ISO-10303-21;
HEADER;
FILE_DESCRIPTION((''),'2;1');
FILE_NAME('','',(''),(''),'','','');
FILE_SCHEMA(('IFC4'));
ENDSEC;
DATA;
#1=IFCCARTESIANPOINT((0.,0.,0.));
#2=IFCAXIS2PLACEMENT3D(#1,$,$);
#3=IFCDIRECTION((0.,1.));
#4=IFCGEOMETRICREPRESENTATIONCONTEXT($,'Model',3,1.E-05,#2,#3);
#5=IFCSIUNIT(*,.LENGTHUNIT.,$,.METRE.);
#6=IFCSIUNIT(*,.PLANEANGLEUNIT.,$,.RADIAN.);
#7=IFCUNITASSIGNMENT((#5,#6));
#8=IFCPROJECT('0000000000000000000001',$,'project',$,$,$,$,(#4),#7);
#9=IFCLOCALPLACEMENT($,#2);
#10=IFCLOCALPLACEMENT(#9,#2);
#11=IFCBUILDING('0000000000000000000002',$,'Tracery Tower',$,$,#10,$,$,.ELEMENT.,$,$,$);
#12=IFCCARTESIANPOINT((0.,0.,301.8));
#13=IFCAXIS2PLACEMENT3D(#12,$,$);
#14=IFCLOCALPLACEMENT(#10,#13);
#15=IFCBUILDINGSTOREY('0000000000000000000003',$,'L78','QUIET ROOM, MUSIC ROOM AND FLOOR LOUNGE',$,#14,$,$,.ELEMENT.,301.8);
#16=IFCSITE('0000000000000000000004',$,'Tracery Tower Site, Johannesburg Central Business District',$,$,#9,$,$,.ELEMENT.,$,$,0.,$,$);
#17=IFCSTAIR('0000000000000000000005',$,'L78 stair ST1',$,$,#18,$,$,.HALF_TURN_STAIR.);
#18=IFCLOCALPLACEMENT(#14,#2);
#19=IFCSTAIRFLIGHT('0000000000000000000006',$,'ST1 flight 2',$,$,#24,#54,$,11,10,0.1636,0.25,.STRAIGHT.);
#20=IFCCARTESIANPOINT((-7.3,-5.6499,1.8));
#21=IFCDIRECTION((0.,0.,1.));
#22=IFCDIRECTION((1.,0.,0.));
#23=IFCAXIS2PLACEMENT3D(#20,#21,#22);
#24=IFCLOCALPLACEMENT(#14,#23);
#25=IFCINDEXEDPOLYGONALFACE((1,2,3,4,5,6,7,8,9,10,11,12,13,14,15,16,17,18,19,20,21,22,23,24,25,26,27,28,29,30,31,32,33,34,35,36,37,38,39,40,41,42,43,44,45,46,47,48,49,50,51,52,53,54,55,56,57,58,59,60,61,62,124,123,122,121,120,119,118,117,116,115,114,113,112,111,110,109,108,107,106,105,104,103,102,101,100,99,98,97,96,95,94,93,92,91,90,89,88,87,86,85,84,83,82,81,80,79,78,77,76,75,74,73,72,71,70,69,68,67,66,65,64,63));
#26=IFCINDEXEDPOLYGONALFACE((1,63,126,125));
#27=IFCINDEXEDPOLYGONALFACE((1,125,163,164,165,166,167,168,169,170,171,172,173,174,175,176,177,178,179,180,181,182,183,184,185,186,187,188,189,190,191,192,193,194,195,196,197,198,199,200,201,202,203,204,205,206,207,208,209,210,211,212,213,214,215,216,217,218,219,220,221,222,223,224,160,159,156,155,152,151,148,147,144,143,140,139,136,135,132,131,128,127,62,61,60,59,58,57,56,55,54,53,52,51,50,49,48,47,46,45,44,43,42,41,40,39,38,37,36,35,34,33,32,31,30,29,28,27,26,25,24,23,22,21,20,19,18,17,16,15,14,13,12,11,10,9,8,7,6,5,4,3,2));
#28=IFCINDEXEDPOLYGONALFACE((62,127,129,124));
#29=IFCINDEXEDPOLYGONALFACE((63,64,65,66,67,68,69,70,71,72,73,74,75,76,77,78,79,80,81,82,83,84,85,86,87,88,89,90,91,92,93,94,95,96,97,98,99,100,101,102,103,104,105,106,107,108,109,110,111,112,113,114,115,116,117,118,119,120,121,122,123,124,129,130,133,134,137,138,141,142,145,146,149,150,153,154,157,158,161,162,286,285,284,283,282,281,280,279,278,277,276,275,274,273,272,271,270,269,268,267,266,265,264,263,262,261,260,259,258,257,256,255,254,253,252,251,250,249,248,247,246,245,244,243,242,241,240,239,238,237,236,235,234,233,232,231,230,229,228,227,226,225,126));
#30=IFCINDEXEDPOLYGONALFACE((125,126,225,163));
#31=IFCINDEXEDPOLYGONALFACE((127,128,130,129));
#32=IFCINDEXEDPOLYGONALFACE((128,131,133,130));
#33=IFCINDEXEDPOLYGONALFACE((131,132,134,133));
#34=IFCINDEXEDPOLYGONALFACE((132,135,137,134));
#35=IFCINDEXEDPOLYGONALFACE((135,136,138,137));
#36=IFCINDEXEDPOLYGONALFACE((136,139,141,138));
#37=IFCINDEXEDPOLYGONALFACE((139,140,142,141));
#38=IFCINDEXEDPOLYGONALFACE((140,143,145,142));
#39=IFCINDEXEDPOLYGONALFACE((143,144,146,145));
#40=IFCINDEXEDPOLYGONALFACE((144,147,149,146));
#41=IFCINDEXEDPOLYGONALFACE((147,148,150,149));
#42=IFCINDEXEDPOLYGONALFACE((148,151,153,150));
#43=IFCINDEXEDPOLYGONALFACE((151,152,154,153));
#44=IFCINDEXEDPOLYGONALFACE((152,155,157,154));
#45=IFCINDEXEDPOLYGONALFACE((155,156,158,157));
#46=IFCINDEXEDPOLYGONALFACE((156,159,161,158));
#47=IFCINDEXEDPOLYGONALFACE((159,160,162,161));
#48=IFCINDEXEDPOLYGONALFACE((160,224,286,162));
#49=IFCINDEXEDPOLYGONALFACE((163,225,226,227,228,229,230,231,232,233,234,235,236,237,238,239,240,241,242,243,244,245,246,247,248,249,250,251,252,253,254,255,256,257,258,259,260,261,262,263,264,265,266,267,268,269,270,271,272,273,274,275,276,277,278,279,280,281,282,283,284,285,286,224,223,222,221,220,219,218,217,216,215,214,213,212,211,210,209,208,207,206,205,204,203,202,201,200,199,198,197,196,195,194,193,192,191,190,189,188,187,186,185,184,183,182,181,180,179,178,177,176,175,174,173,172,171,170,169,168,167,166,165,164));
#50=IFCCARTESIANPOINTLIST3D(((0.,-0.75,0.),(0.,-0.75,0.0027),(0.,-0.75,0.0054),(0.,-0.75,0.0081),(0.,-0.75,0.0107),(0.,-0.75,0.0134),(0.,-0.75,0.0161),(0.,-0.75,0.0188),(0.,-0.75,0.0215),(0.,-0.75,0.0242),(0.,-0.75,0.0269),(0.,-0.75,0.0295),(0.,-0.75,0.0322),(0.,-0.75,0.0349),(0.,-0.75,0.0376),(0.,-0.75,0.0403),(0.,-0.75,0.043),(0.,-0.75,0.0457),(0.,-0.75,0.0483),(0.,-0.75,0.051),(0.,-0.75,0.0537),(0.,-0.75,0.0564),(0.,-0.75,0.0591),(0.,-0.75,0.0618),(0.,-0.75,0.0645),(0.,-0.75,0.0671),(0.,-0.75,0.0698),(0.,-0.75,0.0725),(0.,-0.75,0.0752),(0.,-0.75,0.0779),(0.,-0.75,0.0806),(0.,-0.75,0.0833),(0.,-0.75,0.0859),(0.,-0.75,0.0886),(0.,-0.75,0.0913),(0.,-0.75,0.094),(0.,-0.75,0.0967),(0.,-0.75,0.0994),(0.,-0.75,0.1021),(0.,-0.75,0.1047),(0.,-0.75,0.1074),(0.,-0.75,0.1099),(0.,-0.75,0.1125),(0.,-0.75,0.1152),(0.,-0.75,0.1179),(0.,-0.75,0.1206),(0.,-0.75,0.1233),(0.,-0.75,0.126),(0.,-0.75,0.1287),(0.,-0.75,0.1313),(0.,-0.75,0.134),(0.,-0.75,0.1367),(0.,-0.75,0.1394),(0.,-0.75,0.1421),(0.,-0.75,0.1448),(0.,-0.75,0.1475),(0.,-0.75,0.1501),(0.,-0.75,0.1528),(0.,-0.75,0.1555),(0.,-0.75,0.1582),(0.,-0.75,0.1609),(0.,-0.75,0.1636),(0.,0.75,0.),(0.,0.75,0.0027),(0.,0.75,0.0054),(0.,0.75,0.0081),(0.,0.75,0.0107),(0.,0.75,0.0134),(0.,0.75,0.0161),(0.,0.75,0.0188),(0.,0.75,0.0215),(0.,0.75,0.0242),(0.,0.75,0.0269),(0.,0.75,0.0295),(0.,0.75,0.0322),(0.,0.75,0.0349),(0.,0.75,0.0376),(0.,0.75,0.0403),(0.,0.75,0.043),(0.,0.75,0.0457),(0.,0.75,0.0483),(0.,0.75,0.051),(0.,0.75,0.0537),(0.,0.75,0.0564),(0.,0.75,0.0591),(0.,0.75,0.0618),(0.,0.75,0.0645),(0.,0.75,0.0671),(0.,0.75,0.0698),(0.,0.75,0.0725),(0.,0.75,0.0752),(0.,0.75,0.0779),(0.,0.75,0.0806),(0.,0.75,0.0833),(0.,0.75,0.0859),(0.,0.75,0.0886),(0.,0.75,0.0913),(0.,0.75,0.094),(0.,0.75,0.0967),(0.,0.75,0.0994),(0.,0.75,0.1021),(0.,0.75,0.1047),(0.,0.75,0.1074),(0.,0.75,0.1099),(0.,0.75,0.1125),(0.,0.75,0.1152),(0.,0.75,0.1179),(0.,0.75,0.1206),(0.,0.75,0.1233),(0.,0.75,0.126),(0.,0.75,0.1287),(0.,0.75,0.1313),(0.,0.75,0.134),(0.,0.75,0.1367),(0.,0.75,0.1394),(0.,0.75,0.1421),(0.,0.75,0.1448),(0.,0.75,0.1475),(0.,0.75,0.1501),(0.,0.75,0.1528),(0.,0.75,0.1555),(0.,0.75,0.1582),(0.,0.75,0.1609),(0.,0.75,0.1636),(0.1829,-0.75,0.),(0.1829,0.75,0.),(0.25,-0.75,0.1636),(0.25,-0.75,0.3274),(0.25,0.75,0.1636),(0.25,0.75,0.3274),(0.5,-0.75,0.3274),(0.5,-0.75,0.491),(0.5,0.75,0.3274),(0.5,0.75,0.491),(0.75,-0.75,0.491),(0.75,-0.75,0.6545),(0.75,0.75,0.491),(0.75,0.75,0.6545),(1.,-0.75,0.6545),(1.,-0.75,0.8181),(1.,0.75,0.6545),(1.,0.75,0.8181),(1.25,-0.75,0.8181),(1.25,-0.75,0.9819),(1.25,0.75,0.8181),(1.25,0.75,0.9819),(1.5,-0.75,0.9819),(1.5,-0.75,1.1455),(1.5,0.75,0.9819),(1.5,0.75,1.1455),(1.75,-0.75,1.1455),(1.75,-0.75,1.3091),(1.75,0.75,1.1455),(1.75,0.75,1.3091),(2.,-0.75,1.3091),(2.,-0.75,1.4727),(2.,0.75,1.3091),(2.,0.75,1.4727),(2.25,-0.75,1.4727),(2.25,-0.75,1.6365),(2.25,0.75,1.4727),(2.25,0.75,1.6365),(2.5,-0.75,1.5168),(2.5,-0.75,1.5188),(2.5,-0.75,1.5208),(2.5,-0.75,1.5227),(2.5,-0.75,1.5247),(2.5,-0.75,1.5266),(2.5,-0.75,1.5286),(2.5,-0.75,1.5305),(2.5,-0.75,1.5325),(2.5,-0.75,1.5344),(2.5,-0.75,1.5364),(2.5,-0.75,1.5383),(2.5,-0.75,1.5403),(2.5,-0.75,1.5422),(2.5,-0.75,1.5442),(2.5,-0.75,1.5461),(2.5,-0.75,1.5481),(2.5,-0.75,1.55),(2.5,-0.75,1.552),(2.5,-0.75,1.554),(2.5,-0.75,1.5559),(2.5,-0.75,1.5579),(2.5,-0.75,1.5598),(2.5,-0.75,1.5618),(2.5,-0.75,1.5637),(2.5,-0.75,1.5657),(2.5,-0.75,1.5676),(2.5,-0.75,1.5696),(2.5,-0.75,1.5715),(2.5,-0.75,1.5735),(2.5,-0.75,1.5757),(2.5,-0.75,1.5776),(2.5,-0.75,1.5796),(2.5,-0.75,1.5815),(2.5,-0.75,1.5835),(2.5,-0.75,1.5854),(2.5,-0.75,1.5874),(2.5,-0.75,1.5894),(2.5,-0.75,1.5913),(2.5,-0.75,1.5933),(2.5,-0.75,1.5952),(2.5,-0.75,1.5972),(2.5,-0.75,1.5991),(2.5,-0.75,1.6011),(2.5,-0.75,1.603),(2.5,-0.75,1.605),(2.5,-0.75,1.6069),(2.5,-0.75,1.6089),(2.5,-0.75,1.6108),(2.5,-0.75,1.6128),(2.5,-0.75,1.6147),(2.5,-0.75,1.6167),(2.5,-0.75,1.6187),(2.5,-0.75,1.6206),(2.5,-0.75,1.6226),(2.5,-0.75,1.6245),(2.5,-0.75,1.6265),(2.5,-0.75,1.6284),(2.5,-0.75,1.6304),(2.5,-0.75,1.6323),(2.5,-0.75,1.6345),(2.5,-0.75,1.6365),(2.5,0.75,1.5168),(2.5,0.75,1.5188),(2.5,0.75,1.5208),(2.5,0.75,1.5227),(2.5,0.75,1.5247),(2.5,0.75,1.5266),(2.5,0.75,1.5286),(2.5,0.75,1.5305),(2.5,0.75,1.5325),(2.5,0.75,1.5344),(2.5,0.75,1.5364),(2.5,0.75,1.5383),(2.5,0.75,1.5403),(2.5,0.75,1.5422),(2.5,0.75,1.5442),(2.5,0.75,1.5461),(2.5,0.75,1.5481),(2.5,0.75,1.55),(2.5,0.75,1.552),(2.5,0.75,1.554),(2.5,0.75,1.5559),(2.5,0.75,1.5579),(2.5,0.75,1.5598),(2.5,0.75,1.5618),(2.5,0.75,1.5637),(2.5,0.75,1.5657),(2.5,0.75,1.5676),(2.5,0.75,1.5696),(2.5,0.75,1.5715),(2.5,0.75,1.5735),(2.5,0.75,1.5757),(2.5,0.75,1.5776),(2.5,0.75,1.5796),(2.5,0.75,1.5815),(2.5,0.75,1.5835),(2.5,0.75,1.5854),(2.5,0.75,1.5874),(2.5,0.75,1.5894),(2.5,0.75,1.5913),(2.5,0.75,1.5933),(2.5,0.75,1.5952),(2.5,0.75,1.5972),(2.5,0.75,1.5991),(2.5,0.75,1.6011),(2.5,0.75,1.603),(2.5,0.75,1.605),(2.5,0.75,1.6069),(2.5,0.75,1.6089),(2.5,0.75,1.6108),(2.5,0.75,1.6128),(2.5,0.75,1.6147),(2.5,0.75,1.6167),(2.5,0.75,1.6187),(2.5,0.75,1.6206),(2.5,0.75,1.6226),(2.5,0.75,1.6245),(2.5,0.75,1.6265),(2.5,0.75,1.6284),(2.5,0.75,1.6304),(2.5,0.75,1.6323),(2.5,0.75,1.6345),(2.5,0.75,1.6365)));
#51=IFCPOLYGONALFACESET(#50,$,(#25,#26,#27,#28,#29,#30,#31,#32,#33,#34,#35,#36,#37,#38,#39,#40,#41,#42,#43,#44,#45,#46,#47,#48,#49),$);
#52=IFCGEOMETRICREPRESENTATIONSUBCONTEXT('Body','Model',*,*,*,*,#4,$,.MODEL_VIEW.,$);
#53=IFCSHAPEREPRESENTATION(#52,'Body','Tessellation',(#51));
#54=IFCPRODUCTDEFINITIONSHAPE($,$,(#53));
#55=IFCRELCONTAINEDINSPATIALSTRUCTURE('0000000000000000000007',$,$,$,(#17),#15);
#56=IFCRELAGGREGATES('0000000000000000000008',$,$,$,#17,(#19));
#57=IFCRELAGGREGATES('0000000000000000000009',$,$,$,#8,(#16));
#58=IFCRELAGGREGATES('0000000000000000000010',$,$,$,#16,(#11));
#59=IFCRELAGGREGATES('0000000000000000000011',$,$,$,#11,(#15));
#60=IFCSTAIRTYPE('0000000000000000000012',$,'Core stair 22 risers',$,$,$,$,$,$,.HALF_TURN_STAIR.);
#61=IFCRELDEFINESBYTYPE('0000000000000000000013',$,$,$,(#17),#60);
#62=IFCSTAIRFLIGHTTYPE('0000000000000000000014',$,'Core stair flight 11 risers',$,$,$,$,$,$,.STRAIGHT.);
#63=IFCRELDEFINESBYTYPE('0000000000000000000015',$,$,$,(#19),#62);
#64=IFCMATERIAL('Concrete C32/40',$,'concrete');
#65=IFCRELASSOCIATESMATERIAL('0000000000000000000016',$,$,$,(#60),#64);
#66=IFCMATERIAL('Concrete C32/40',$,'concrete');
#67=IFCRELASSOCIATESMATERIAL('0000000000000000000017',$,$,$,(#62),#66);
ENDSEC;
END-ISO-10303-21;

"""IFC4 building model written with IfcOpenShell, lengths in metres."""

from ifc_helpers import new_model, si_unit, direction, frame, origin, place, context, subcontext, project, spatial, polyline, outline, extrude, material, type_object, element, aggregate, save


model = new_model("IFC4")

# Units and contexts
model_context = context("Model", 3, precision=1e-05, world=origin(), true_north=direction((0.0, 1.0)))
body_context = subcontext(model_context, "Body", "Model", "MODEL_VIEW")
ifc_project = project(units=[si_unit("LENGTHUNIT", "METRE"), si_unit("PLANEANGLEUNIT", "RADIAN")], contexts=[model_context])

# Site, building, storey
site_placement = place(None, origin())
site = spatial("IfcSite", under=ifc_project, at=site_placement, Name="Tracery Tower Site, Johannesburg Central Business District", CompositionType="ELEMENT", RefElevation=0.0)
building_placement = place(site_placement, origin())
building = spatial("IfcBuilding", under=site, at=building_placement, Name="Tracery Tower", CompositionType="ELEMENT")
storey_placement = place(building_placement, frame((0.0, 0.0, 301.8)))
storey = spatial("IfcBuildingStorey", under=building, at=storey_placement, Name="L78", Description="QUIET ROOM, MUSIC ROOM AND FLOOR LOUNGE", CompositionType="ELEMENT", Elevation=301.8)

# Stair, stair flight
ifc_material_1 = material(Name="Concrete C32/40", Category="concrete")
stair_type = type_object("IfcStairType", Name="Core stair 22 risers", PredefinedType="HALF_TURN_STAIR", material=ifc_material_1)
stair_placement = place(storey_placement, origin())
stair = element("IfcStair", 1, at=stair_placement, inside=storey, type_object=stair_type, Name="L78 stair ST1", PredefinedType="HALF_TURN_STAIR")
ifc_material_2 = material(Name="Concrete C32/40", Category="concrete")
stair_flight_type = type_object("IfcStairFlightType", Name="Core stair flight 11 risers", PredefinedType="STRAIGHT", material=ifc_material_2)
stair_flight_1_placement = place(storey_placement, frame((-7.3, -5.6499, 1.8), z_axis=(0.0, 0.0, 1.0), x_axis=(1.0, 0.0, 0.0)))
stair_flight_1 = element("IfcStairFlight", 2, at=stair_flight_1_placement, type_object=stair_flight_type, Name="ST1 flight 2", NumberOfRisers=11, NumberOfTreads=10, PredefinedType="STRAIGHT", RiserHeight=0.1636, TreadLength=0.25, context=body_context, shape_type="SweptSolid", body=[
    extrude(outline(polyline([(0.0, 0.0), (0.0, 0.0027), (0.0, 0.0054), (0.0, 0.0081), (0.0, 0.0107), (0.0, 0.0134), (0.0, 0.0161), (0.0, 0.0188), (0.0, 0.0215), (0.0, 0.0242), (0.0, 0.0269), (0.0, 0.0295), (0.0, 0.0322), (0.0, 0.0349), (0.0, 0.0376), (0.0, 0.0403), (0.0, 0.043), (0.0, 0.0457), (0.0, 0.0483), (0.0, 0.051), (0.0, 0.0537), (0.0, 0.0564), (0.0, 0.0591), (0.0, 0.0618), (0.0, 0.0645), (0.0, 0.0671), (0.0, 0.0698), (0.0, 0.0725), (0.0, 0.0752), (0.0, 0.0779), (0.0, 0.0806), (0.0, 0.0833), (0.0, 0.0859), (0.0, 0.0886), (0.0, 0.0913), (0.0, 0.094), (0.0, 0.0967), (0.0, 0.0994), (0.0, 0.1021), (0.0, 0.1047), (0.0, 0.1074), (0.0, 0.1099), (0.0, 0.1125), (0.0, 0.1152), (0.0, 0.1179), (0.0, 0.1206), (0.0, 0.1233), (0.0, 0.126), (0.0, 0.1287), (0.0, 0.1313), (0.0, 0.134), (0.0, 0.1367), (0.0, 0.1394), (0.0, 0.1421), (0.0, 0.1448), (0.0, 0.1475), (0.0, 0.1501), (0.0, 0.1528), (0.0, 0.1555), (0.0, 0.1582), (0.0, 0.1609), (0.0, 0.1636), (0.25, 0.1636), (0.25, 0.3274), (0.5, 0.3274), (0.5, 0.491), (0.75, 0.491), (0.75, 0.6545), (1.0, 0.6545), (1.0, 0.8181), (1.25, 0.8181), (1.25, 0.9819), (1.5, 0.9819), (1.5, 1.1455), (1.75, 1.1455), (1.75, 1.3091), (2.0, 1.3091), (2.0, 1.4727), (2.25, 1.4727), (2.25, 1.6365), (2.5, 1.6365), (2.5, 1.6345), (2.5, 1.6323), (2.5, 1.6304), (2.5, 1.6284), (2.5, 1.6265), (2.5, 1.6245), (2.5, 1.6226), (2.5, 1.6206), (2.5, 1.6187), (2.5, 1.6167), (2.5, 1.6147), (2.5, 1.6128), (2.5, 1.6108), (2.5, 1.6089), (2.5, 1.6069), (2.5, 1.605), (2.5, 1.603), (2.5, 1.6011), (2.5, 1.5991), (2.5, 1.5972), (2.5, 1.5952), (2.5, 1.5933), (2.5, 1.5913), (2.5, 1.5894), (2.5, 1.5874), (2.5, 1.5854), (2.5, 1.5835), (2.5, 1.5815), (2.5, 1.5796), (2.5, 1.5776), (2.5, 1.5757), (2.5, 1.5735), (2.5, 1.5715), (2.5, 1.5696), (2.5, 1.5676), (2.5, 1.5657), (2.5, 1.5637), (2.5, 1.5618), (2.5, 1.5598), (2.5, 1.5579), (2.5, 1.5559), (2.5, 1.554), (2.5, 1.552), (2.5, 1.55), (2.5, 1.5481), (2.5, 1.5461), (2.5, 1.5442), (2.5, 1.5422), (2.5, 1.5403), (2.5, 1.5383), (2.5, 1.5364), (2.5, 1.5344), (2.5, 1.5325), (2.5, 1.5305), (2.5, 1.5286), (2.5, 1.5266), (2.5, 1.5247), (2.5, 1.5227), (2.5, 1.5208), (2.5, 1.5188), (2.5, 1.5168), (0.1829, 0.0), (0.0, 0.0)])), frame((0.0, 0.75, 0.0), z_axis=(0.0, -1.0, 0.0), x_axis=(1.0, 0.0, 0.0)), (0.0, 0.0, 1.0), 1.5),
])
aggregate(stair, [stair_flight_1])

save(model, "model.ifc")
